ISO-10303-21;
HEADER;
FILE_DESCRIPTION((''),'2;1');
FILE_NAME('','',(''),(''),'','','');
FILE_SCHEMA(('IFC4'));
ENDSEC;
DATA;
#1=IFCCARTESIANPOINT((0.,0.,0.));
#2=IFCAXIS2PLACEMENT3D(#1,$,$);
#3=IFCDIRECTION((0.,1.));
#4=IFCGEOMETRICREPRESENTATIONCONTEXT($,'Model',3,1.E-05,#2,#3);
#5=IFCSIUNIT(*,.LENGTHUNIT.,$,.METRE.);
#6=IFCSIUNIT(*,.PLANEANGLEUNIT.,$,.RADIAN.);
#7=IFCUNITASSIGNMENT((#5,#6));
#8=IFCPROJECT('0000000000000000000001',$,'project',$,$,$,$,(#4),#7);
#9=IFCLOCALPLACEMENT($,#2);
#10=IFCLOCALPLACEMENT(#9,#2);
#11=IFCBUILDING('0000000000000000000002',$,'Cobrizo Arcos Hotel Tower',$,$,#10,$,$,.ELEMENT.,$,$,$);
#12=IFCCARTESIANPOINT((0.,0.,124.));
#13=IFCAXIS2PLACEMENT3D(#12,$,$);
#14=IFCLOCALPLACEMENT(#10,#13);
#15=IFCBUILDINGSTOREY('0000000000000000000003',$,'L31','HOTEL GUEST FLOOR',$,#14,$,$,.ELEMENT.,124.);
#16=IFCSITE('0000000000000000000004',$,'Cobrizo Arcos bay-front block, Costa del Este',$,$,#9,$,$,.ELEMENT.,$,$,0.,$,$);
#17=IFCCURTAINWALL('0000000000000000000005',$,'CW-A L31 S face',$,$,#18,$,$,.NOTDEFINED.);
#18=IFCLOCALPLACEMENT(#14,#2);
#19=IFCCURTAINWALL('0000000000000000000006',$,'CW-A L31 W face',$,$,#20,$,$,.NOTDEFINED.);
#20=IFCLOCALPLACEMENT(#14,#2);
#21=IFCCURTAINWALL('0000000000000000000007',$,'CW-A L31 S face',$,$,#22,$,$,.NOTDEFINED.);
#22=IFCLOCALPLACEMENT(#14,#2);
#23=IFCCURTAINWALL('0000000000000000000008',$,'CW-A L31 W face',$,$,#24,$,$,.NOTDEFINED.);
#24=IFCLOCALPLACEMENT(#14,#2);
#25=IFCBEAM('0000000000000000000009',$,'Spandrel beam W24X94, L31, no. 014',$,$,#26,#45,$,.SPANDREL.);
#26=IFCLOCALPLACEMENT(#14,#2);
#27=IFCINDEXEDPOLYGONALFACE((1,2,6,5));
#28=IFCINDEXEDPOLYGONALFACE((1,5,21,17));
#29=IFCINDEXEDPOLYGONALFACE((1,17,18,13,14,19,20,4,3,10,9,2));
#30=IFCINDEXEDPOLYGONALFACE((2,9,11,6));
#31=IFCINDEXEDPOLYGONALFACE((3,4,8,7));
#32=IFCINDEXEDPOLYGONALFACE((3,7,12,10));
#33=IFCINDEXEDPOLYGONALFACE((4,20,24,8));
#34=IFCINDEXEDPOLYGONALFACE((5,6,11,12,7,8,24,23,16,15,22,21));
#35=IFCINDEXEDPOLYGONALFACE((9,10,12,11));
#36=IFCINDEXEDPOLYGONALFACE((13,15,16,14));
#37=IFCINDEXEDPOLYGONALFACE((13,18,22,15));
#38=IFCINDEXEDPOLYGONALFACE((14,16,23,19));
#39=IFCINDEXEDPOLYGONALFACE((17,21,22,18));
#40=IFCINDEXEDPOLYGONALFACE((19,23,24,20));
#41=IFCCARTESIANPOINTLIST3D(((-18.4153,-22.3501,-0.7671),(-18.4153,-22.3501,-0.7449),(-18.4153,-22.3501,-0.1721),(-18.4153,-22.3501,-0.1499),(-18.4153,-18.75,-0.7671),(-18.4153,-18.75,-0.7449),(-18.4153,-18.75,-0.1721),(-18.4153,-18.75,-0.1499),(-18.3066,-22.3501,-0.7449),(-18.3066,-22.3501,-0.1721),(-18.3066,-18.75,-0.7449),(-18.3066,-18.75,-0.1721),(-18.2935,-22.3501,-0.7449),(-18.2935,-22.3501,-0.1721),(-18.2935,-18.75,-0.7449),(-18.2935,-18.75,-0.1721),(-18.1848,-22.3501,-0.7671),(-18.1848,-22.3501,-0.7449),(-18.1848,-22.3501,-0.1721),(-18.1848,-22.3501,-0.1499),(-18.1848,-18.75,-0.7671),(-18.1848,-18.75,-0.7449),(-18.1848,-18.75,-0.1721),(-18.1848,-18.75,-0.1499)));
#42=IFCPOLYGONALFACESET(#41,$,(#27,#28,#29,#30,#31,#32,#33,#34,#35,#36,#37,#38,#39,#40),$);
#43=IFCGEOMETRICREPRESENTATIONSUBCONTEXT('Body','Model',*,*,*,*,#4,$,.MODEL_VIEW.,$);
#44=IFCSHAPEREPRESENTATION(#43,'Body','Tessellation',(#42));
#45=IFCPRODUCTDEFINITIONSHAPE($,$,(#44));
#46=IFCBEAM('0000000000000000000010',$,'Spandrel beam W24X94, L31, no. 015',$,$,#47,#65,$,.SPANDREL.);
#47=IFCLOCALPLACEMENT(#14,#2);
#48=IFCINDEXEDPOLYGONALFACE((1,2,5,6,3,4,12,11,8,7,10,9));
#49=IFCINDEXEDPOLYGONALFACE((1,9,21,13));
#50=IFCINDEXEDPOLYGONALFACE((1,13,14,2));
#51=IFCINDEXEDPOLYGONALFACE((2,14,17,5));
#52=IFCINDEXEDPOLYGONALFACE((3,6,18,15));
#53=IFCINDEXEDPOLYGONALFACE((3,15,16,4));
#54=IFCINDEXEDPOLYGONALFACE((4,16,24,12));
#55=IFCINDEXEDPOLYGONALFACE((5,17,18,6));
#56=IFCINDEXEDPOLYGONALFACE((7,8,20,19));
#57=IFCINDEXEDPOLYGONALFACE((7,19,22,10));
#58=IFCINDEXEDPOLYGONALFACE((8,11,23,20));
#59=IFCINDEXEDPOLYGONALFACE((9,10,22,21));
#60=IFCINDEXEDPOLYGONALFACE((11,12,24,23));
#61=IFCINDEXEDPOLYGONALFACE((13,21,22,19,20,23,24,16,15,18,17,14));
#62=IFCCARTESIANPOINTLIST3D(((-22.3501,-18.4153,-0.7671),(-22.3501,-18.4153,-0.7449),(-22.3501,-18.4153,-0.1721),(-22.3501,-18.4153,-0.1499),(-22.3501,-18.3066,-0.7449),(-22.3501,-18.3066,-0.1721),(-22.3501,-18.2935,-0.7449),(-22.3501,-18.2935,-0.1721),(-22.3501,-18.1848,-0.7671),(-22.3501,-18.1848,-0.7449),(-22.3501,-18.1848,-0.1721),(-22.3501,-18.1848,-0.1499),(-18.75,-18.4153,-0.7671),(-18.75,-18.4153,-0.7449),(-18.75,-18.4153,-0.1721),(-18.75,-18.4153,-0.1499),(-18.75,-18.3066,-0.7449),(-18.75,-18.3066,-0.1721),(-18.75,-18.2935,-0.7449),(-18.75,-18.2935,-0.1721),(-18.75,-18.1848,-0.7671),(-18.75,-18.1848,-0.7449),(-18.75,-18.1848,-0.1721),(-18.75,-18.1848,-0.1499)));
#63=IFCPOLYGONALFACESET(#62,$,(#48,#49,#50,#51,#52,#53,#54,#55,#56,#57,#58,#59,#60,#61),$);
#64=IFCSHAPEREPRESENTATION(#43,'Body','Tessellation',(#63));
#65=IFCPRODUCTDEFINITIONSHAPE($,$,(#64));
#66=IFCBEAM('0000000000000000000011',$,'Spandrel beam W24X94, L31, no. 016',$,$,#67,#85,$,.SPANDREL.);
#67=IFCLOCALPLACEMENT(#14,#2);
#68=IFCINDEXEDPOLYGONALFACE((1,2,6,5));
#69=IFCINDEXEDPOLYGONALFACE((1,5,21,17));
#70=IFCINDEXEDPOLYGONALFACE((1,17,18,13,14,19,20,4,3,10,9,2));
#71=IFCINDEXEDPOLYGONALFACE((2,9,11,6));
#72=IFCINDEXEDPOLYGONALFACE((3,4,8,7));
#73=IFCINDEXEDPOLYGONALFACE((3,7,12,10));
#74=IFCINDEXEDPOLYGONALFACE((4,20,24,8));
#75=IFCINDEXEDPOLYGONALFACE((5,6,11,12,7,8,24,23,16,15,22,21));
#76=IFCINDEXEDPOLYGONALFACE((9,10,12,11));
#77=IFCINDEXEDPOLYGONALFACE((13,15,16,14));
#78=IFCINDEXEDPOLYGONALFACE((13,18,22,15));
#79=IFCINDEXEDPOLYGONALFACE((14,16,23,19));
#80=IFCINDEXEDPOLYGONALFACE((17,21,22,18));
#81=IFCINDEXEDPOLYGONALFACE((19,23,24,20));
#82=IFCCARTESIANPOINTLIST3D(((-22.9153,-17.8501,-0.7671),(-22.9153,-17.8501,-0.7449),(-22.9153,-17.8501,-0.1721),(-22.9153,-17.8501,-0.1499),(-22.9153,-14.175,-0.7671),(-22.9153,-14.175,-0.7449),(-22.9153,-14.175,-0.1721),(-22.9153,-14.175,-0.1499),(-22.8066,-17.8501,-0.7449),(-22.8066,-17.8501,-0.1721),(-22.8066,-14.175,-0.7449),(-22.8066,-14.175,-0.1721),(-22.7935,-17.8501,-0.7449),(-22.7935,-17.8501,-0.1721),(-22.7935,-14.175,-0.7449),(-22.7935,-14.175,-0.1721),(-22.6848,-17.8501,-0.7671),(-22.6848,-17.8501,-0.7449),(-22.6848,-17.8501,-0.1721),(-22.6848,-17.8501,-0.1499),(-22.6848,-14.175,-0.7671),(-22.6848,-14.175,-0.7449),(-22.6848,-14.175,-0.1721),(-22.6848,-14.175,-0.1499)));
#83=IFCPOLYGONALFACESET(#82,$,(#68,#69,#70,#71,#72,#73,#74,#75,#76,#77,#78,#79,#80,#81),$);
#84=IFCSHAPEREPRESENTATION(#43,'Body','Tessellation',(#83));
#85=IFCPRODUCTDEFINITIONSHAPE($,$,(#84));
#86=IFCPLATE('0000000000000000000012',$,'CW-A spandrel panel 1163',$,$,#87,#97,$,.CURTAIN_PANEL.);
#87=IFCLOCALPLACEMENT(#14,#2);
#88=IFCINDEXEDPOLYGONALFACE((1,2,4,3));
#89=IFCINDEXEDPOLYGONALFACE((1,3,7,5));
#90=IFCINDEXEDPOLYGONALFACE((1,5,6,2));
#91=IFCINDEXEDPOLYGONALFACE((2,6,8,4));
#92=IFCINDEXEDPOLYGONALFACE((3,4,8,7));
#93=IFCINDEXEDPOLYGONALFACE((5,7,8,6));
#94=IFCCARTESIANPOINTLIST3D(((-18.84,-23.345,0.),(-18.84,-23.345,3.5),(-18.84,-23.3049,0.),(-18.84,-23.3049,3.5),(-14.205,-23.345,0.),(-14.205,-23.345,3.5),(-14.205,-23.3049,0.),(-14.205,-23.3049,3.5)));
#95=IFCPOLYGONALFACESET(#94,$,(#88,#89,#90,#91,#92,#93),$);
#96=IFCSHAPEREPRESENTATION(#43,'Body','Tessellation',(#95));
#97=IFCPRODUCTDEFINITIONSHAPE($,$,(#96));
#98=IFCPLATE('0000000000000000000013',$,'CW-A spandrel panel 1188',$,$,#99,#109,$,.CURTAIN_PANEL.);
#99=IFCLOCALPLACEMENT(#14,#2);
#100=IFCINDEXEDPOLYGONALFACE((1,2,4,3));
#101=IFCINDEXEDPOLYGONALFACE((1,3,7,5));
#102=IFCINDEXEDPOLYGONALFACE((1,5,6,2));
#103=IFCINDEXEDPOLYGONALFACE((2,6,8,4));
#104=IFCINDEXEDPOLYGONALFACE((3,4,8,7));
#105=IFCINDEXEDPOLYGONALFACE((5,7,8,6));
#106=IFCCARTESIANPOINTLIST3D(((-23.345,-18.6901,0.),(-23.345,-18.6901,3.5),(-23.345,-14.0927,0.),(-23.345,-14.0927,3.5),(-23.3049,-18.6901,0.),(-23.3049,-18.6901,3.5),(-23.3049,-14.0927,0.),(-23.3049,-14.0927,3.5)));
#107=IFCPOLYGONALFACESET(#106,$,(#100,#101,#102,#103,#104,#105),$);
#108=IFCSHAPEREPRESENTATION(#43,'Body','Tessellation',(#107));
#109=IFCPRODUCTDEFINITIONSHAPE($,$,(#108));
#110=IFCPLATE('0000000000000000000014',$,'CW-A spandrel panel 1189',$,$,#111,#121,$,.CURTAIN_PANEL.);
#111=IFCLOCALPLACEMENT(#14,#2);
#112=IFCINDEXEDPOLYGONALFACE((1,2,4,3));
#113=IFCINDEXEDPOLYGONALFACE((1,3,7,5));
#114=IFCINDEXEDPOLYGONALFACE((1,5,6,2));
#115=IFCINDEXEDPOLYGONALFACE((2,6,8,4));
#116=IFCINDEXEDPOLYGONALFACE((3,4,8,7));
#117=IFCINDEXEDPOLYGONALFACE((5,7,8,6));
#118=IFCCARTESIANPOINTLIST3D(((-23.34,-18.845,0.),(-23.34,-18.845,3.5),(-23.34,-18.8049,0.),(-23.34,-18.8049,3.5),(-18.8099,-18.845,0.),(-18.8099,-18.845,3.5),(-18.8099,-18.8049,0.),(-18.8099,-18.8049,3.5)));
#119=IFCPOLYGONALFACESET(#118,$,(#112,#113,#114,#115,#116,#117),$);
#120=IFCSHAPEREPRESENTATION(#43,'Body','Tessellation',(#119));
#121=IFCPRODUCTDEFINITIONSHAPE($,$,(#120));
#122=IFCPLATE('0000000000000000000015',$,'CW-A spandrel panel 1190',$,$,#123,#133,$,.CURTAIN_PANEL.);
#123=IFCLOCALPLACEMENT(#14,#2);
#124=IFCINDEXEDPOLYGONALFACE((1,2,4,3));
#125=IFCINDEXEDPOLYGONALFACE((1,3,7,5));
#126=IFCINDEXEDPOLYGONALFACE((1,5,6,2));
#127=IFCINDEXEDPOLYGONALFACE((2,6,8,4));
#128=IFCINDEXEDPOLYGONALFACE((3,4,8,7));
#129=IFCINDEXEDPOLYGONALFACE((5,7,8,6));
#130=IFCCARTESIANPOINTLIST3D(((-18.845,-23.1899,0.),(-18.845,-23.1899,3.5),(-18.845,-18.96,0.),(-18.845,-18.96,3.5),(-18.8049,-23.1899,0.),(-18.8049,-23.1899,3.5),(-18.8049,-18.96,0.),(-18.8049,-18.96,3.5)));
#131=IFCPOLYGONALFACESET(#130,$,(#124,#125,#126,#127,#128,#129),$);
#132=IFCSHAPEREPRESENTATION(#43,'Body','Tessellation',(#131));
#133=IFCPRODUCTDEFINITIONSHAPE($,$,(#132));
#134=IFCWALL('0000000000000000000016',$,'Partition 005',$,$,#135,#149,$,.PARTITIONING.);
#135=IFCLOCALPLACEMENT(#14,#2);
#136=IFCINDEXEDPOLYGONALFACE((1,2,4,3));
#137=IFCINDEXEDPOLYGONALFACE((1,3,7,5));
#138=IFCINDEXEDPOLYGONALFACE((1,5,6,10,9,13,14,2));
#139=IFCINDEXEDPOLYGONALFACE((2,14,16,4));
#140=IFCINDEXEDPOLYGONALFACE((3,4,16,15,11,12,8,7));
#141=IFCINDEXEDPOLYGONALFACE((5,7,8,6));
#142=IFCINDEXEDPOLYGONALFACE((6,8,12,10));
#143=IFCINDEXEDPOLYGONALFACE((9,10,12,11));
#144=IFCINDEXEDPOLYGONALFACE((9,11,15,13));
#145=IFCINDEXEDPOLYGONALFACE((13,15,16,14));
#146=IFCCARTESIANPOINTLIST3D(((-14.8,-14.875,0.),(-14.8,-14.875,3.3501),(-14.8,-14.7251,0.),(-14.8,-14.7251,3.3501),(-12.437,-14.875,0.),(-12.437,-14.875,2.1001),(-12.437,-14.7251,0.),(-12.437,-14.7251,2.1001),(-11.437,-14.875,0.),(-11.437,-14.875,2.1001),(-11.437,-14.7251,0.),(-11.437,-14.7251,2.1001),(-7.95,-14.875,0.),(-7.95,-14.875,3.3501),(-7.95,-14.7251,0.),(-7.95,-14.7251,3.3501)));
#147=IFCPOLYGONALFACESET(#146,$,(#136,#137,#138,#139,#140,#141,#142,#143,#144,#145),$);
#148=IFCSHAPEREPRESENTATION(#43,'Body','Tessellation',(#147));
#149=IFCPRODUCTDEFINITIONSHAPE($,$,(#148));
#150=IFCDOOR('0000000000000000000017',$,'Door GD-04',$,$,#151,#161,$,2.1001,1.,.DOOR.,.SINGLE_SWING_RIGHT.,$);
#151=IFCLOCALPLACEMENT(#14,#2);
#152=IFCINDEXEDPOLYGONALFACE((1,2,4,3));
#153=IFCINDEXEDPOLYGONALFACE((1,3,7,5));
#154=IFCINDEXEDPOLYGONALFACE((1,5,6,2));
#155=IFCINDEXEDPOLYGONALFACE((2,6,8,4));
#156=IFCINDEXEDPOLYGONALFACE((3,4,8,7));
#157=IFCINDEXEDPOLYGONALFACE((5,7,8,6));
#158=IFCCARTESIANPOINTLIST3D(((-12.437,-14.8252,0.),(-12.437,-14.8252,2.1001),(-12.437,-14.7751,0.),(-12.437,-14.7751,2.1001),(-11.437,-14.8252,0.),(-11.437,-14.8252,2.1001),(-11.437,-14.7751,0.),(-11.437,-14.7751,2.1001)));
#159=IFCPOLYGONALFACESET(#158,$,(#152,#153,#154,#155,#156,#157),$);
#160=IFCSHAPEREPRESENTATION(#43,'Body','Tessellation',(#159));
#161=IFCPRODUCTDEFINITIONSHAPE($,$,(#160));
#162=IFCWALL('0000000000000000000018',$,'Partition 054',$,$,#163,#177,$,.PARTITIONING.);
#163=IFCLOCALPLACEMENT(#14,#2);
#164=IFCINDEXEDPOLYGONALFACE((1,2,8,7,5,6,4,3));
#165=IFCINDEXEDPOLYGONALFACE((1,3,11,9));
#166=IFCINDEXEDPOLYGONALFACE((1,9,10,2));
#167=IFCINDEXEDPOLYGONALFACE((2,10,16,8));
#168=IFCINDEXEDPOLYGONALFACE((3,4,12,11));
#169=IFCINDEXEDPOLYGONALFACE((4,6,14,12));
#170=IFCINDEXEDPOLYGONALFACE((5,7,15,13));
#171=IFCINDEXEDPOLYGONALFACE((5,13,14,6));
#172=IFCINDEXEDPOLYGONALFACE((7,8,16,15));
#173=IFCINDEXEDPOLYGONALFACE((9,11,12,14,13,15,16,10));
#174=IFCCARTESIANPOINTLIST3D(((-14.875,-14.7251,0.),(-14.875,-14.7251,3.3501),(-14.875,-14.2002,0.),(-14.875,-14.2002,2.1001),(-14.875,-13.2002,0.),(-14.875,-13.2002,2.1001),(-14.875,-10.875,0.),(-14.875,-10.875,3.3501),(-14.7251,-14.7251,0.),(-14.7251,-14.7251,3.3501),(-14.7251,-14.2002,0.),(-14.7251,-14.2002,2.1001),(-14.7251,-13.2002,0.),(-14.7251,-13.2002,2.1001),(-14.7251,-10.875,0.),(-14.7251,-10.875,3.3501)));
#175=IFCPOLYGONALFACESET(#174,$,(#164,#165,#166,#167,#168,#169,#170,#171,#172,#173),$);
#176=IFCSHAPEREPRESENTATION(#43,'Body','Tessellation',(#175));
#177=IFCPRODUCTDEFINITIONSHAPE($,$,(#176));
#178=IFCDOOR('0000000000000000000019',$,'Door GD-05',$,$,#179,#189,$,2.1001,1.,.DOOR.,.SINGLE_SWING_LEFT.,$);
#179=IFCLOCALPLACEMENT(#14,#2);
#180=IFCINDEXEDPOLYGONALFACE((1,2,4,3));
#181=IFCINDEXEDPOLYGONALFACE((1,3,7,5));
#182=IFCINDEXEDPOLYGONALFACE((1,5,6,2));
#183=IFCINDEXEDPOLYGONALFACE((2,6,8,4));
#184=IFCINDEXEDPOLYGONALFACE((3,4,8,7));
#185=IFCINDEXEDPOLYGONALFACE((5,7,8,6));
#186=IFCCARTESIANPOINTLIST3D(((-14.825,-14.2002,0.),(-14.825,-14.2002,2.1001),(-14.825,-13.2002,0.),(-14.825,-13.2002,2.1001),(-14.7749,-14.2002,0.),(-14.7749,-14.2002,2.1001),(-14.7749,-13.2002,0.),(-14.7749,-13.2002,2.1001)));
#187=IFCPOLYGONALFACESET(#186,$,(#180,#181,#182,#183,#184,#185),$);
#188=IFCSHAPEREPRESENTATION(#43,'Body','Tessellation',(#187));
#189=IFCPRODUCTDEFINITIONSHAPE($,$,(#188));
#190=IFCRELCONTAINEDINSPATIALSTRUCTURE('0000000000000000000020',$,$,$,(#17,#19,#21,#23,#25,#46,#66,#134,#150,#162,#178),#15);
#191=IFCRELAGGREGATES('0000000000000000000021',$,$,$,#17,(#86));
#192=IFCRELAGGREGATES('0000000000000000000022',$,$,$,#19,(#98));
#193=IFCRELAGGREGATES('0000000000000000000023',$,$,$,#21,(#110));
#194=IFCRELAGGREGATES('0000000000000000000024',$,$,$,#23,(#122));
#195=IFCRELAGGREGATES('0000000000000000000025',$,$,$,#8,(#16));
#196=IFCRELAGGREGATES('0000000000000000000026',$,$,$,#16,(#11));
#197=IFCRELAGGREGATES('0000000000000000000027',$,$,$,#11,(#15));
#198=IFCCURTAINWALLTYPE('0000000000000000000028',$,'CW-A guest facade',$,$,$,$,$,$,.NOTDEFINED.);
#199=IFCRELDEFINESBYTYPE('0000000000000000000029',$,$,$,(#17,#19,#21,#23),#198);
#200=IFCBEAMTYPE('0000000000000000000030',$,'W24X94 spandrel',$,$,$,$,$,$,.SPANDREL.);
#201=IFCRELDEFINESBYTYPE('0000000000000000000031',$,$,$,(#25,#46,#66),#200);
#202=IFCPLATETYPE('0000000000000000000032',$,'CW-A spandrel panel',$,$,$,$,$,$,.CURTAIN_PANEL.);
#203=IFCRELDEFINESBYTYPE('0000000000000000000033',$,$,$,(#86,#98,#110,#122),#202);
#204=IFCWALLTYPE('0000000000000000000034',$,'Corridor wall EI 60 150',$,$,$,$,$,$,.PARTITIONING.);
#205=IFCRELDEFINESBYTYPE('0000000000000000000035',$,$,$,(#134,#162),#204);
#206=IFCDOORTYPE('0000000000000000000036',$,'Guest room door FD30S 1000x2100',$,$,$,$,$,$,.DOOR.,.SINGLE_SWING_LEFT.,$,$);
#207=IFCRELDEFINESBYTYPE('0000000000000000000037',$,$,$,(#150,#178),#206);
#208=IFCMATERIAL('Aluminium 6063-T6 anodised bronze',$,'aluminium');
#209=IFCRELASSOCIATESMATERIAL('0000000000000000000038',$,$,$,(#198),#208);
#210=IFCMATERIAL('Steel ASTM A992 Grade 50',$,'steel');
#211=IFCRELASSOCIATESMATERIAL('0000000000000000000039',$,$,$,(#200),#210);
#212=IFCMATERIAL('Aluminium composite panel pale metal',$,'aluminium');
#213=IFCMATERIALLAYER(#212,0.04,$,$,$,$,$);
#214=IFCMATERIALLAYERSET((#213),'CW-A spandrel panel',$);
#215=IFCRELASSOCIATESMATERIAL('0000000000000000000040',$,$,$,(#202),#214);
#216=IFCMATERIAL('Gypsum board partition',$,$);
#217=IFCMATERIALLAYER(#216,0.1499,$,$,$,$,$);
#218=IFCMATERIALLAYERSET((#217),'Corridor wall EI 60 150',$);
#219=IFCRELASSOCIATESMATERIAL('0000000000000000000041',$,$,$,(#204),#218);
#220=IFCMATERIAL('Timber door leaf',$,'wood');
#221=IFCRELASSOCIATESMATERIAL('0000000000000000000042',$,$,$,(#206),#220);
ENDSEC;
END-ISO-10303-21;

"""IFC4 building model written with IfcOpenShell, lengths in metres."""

from ifc_helpers import new_model, si_unit, direction, frame, frame_2d, origin, origin_2d, place, context, subcontext, project, spatial, rectangle, i_section, extrude, material, layer, layer_set, material_profile, profile_set, type_object, element, fill, aggregate, save


model = new_model("IFC4")

# Units and contexts
model_context = context("Model", 3, precision=1e-05, world=origin(), true_north=direction((0.0, 1.0)))
body_context = subcontext(model_context, "Body", "Model", "MODEL_VIEW")
ifc_project = project(units=[si_unit("LENGTHUNIT", "METRE"), si_unit("PLANEANGLEUNIT", "RADIAN")], contexts=[model_context])

# Site, building, storey
site_placement = place(None, origin())
site = spatial("IfcSite", under=ifc_project, at=site_placement, Name="Cobrizo Arcos bay-front block, Costa del Este", CompositionType="ELEMENT", RefElevation=0.0)
building_placement = place(site_placement, origin())
building = spatial("IfcBuilding", under=site, at=building_placement, Name="Cobrizo Arcos Hotel Tower", CompositionType="ELEMENT")
storey_placement = place(building_placement, frame((0.0, 0.0, 124.0)))
storey = spatial("IfcBuildingStorey", under=building, at=storey_placement, Name="L31", Description="HOTEL GUEST FLOOR", CompositionType="ELEMENT", Elevation=124.0)

# Curtain wall
ifc_material_1 = material(Name="Aluminium 6063-T6 anodised bronze", Category="aluminium")
curtain_wall_type = type_object("IfcCurtainWallType", Name="CW-A guest facade", PredefinedType="NOTDEFINED", material=ifc_material_1)
curtain_wall_1_placement = place(storey_placement, origin())
curtain_wall_1 = element("IfcCurtainWall", 1, at=curtain_wall_1_placement, inside=storey, type_object=curtain_wall_type, Name="CW-A L31 S face", PredefinedType="NOTDEFINED")

# Curtain walls
curtain_wall_2_placement = place(storey_placement, origin())
curtain_wall_2 = element("IfcCurtainWall", 2, at=curtain_wall_2_placement, inside=storey, type_object=curtain_wall_type, Name="CW-A L31 W face", PredefinedType="NOTDEFINED")
curtain_wall_3_placement = place(storey_placement, origin())
curtain_wall_3 = element("IfcCurtainWall", 3, at=curtain_wall_3_placement, inside=storey, type_object=curtain_wall_type, Name="CW-A L31 S face", PredefinedType="NOTDEFINED")
curtain_wall_4_placement = place(storey_placement, origin())
curtain_wall_4 = element("IfcCurtainWall", 4, at=curtain_wall_4_placement, inside=storey, type_object=curtain_wall_type, Name="CW-A L31 W face", PredefinedType="NOTDEFINED")

# Beams
ifc_material_2 = material(Name="Steel ASTM A992 Grade 50", Category="steel")
ifc_material_profile_1 = material_profile(ifc_material_2, i_section(OverallWidth=0.2305, OverallDepth=0.6172, WebThickness=0.0132, FlangeThickness=0.0222, at=origin_2d()), Name="W24X94")
ifc_profile_set_1 = profile_set([ifc_material_profile_1], Name="Steel ASTM A992 Grade 50")
beam_type_1 = type_object("IfcBeamType", Name="W24X94 spandrel", PredefinedType="SPANDREL", material=ifc_profile_set_1)
for number, where, z_axis, x_axis, name in (
    (5, (-18.3, -22.3501, -0.4585), (0.0, 1.0, 0.0), (-1.0, 0.0, 0.0), "Spandrel beam W24X94, L31, no. 014"),
    (6, (-18.75, -18.3, -0.4585), (-1.0, 0.0, 0.0), (0.0, -1.0, 0.0), "Spandrel beam W24X94, L31, no. 015"),
):
    element("IfcBeam", number, at=place(storey_placement, frame(where, z_axis=z_axis, x_axis=x_axis)), inside=storey, type_object=beam_type_1, Name=name, PredefinedType="SPANDREL", context=body_context, shape_type="SweptSolid", body=[
        extrude(i_section(OverallWidth=0.2305, OverallDepth=0.6172, WebThickness=0.0132, FlangeThickness=0.0222, at=origin_2d()), origin(), (0.0, 0.0, 1.0), 3.6001),
    ])
beam_1_placement = place(storey_placement, frame((-22.8, -17.8501, -0.4585), z_axis=(0.0, 1.0, 0.0), x_axis=(-1.0, 0.0, 0.0)))
element("IfcBeam", 7, at=beam_1_placement, inside=storey, type_object=beam_type_1, Name="Spandrel beam W24X94, L31, no. 016", PredefinedType="SPANDREL", context=body_context, shape_type="SweptSolid", body=[
    extrude(i_section(OverallWidth=0.2305, OverallDepth=0.6172, WebThickness=0.0132, FlangeThickness=0.0222, at=origin_2d()), origin(), (0.0, 0.0, 1.0), 3.675),
])

# Plates
ifc_material_3 = material(Name="Aluminium composite panel pale metal", Category="aluminium")
ifc_layer_1 = layer(ifc_material_3, 0.04)
ifc_layer_set_1 = layer_set([ifc_layer_1], Name="CW-A spandrel panel")
plate_type = type_object("IfcPlateType", Name="CW-A spandrel panel", PredefinedType="CURTAIN_PANEL", material=ifc_layer_set_1)
plate_1_placement = place(storey_placement, frame((-16.5225, -23.325, 0.0), z_axis=(0.0, 0.0, 1.0), x_axis=(1.0, 0.0, 0.0)))
plate_1 = element("IfcPlate", 8, at=plate_1_placement, type_object=plate_type, Name="CW-A spandrel panel 1163", PredefinedType="CURTAIN_PANEL", context=body_context, shape_type="SweptSolid", body=[
    extrude(rectangle(XDim=4.635, YDim=0.04, at=origin_2d()), origin(), (0.0, 0.0, 1.0), 3.5),
])
aggregate(curtain_wall_1, [plate_1])
plate_2_placement = place(storey_placement, frame((-23.325, -16.3914, 0.0), z_axis=(0.0, 0.0, 1.0), x_axis=(0.0, -1.0, 0.0)))
plate_2 = element("IfcPlate", 9, at=plate_2_placement, type_object=plate_type, Name="CW-A spandrel panel 1188", PredefinedType="CURTAIN_PANEL", context=body_context, shape_type="SweptSolid", body=[
    extrude(rectangle(XDim=4.5974, YDim=0.04, at=origin_2d()), origin(), (0.0, 0.0, 1.0), 3.5),
])
aggregate(curtain_wall_2, [plate_2])
plate_3_placement = place(storey_placement, frame((-21.075, -18.825, 0.0), z_axis=(0.0, 0.0, 1.0), x_axis=(1.0, 0.0, 0.0)))
plate_3 = element("IfcPlate", 10, at=plate_3_placement, type_object=plate_type, Name="CW-A spandrel panel 1189", PredefinedType="CURTAIN_PANEL", context=body_context, shape_type="SweptSolid", body=[
    extrude(rectangle(XDim=4.53, YDim=0.04, at=origin_2d()), origin(), (0.0, 0.0, 1.0), 3.5),
])
aggregate(curtain_wall_3, [plate_3])
plate_4_placement = place(storey_placement, frame((-18.825, -21.075, 0.0), z_axis=(0.0, 0.0, 1.0), x_axis=(0.0, -1.0, 0.0)))
plate_4 = element("IfcPlate", 11, at=plate_4_placement, type_object=plate_type, Name="CW-A spandrel panel 1190", PredefinedType="CURTAIN_PANEL", context=body_context, shape_type="SweptSolid", body=[
    extrude(rectangle(XDim=4.23, YDim=0.04, at=origin_2d()), origin(), (0.0, 0.0, 1.0), 3.5),
])
aggregate(curtain_wall_4, [plate_4])

# Walls, openings, doors
ifc_material_4 = material(Name="Gypsum board partition")
ifc_layer_2 = layer(ifc_material_4, 0.1499)
ifc_layer_set_2 = layer_set([ifc_layer_2], Name="Corridor wall EI 60 150")
wall_type_1 = type_object("IfcWallType", Name="Corridor wall EI 60 150", PredefinedType="PARTITIONING", material=ifc_layer_set_2)
wall_1_placement = place(storey_placement, frame((-14.8, -14.8, 0.0), z_axis=(0.0, 0.0, 1.0), x_axis=(1.0, 0.0, 0.0)))
wall_1 = element("IfcWall", 12, at=wall_1_placement, inside=storey, type_object=wall_type_1, Name="Partition 005", PredefinedType="PARTITIONING", context=body_context, shape_type="SweptSolid", body=[
    extrude(rectangle(XDim=6.8501, YDim=0.1499, at=frame_2d((3.425, 0.0))), origin(), (0.0, 0.0, 1.0), 3.3501),
])
opening_1_placement = place(wall_1_placement, frame((2.363, 0.0, 0.0)))
opening_1 = element("IfcOpeningElement", 13, at=opening_1_placement, cuts=wall_1, PredefinedType="OPENING", context=body_context, shape_type="SweptSolid", body=[
    extrude(rectangle(XDim=1.0, YDim=2.1001, at=frame_2d((0.5, 1.05))), frame((0.0, 0.0869, 0.0), z_axis=(0.0, -1.0, 0.0), x_axis=(1.0, 0.0, 0.0)), (0.0, 0.0, 1.0), 0.1738),
])
ifc_material_5 = material(Name="Timber door leaf", Category="wood")
door_type_1 = type_object("IfcDoorType", Name="Guest room door FD30S 1000x2100", OperationType="SINGLE_SWING_LEFT", PredefinedType="DOOR", material=ifc_material_5)
door_1_placement = place(opening_1_placement, origin())
door_1 = element("IfcDoor", 14, at=door_1_placement, inside=storey, type_object=door_type_1, Name="Door GD-04", OperationType="SINGLE_SWING_RIGHT", OverallHeight=2.1001, OverallWidth=1.0, PredefinedType="DOOR", context=body_context, shape_type="SweptSolid", body=[
    extrude(rectangle(XDim=1.0, YDim=2.1001, at=frame_2d((0.5, 1.05))), frame((0.0, 0.0249, 0.0), z_axis=(0.0, -1.0, 0.0), x_axis=(1.0, 0.0, 0.0)), (0.0, 0.0, 1.0), 0.05),
])
fill(opening_1, door_1)
wall_2_placement = place(storey_placement, frame((-14.8, -14.7251, 0.0), z_axis=(0.0, 0.0, 1.0), x_axis=(0.0, 1.0, 0.0)))
wall_2 = element("IfcWall", 15, at=wall_2_placement, inside=storey, type_object=wall_type_1, Name="Partition 054", PredefinedType="PARTITIONING", context=body_context, shape_type="SweptSolid", body=[
    extrude(rectangle(XDim=3.8501, YDim=0.1499, at=frame_2d((1.925, 0.0))), origin(), (0.0, 0.0, 1.0), 3.3501),
])
opening_2_placement = place(wall_2_placement, frame((0.5249, 0.0, 0.0)))
opening_2 = element("IfcOpeningElement", 16, at=opening_2_placement, cuts=wall_2, PredefinedType="OPENING", context=body_context, shape_type="SweptSolid", body=[
    extrude(rectangle(XDim=1.0, YDim=2.1001, at=frame_2d((0.5, 1.05))), frame((0.0, 0.0869, 0.0), z_axis=(0.0, -1.0, 0.0), x_axis=(1.0, 0.0, 0.0)), (0.0, 0.0, 1.0), 0.1738),
])
door_2_placement = place(opening_2_placement, origin())
door_2 = element("IfcDoor", 17, at=door_2_placement, inside=storey, type_object=door_type_1, Name="Door GD-05", OperationType="SINGLE_SWING_LEFT", OverallHeight=2.1001, OverallWidth=1.0, PredefinedType="DOOR", context=body_context, shape_type="SweptSolid", body=[
    extrude(rectangle(XDim=1.0, YDim=2.1001, at=frame_2d((0.5, 1.05))), frame((0.0, 0.0249, 0.0), z_axis=(0.0, -1.0, 0.0), x_axis=(1.0, 0.0, 0.0)), (0.0, 0.0, 1.0), 0.05),
])
fill(opening_2, door_2)

save(model, "model.ifc")
